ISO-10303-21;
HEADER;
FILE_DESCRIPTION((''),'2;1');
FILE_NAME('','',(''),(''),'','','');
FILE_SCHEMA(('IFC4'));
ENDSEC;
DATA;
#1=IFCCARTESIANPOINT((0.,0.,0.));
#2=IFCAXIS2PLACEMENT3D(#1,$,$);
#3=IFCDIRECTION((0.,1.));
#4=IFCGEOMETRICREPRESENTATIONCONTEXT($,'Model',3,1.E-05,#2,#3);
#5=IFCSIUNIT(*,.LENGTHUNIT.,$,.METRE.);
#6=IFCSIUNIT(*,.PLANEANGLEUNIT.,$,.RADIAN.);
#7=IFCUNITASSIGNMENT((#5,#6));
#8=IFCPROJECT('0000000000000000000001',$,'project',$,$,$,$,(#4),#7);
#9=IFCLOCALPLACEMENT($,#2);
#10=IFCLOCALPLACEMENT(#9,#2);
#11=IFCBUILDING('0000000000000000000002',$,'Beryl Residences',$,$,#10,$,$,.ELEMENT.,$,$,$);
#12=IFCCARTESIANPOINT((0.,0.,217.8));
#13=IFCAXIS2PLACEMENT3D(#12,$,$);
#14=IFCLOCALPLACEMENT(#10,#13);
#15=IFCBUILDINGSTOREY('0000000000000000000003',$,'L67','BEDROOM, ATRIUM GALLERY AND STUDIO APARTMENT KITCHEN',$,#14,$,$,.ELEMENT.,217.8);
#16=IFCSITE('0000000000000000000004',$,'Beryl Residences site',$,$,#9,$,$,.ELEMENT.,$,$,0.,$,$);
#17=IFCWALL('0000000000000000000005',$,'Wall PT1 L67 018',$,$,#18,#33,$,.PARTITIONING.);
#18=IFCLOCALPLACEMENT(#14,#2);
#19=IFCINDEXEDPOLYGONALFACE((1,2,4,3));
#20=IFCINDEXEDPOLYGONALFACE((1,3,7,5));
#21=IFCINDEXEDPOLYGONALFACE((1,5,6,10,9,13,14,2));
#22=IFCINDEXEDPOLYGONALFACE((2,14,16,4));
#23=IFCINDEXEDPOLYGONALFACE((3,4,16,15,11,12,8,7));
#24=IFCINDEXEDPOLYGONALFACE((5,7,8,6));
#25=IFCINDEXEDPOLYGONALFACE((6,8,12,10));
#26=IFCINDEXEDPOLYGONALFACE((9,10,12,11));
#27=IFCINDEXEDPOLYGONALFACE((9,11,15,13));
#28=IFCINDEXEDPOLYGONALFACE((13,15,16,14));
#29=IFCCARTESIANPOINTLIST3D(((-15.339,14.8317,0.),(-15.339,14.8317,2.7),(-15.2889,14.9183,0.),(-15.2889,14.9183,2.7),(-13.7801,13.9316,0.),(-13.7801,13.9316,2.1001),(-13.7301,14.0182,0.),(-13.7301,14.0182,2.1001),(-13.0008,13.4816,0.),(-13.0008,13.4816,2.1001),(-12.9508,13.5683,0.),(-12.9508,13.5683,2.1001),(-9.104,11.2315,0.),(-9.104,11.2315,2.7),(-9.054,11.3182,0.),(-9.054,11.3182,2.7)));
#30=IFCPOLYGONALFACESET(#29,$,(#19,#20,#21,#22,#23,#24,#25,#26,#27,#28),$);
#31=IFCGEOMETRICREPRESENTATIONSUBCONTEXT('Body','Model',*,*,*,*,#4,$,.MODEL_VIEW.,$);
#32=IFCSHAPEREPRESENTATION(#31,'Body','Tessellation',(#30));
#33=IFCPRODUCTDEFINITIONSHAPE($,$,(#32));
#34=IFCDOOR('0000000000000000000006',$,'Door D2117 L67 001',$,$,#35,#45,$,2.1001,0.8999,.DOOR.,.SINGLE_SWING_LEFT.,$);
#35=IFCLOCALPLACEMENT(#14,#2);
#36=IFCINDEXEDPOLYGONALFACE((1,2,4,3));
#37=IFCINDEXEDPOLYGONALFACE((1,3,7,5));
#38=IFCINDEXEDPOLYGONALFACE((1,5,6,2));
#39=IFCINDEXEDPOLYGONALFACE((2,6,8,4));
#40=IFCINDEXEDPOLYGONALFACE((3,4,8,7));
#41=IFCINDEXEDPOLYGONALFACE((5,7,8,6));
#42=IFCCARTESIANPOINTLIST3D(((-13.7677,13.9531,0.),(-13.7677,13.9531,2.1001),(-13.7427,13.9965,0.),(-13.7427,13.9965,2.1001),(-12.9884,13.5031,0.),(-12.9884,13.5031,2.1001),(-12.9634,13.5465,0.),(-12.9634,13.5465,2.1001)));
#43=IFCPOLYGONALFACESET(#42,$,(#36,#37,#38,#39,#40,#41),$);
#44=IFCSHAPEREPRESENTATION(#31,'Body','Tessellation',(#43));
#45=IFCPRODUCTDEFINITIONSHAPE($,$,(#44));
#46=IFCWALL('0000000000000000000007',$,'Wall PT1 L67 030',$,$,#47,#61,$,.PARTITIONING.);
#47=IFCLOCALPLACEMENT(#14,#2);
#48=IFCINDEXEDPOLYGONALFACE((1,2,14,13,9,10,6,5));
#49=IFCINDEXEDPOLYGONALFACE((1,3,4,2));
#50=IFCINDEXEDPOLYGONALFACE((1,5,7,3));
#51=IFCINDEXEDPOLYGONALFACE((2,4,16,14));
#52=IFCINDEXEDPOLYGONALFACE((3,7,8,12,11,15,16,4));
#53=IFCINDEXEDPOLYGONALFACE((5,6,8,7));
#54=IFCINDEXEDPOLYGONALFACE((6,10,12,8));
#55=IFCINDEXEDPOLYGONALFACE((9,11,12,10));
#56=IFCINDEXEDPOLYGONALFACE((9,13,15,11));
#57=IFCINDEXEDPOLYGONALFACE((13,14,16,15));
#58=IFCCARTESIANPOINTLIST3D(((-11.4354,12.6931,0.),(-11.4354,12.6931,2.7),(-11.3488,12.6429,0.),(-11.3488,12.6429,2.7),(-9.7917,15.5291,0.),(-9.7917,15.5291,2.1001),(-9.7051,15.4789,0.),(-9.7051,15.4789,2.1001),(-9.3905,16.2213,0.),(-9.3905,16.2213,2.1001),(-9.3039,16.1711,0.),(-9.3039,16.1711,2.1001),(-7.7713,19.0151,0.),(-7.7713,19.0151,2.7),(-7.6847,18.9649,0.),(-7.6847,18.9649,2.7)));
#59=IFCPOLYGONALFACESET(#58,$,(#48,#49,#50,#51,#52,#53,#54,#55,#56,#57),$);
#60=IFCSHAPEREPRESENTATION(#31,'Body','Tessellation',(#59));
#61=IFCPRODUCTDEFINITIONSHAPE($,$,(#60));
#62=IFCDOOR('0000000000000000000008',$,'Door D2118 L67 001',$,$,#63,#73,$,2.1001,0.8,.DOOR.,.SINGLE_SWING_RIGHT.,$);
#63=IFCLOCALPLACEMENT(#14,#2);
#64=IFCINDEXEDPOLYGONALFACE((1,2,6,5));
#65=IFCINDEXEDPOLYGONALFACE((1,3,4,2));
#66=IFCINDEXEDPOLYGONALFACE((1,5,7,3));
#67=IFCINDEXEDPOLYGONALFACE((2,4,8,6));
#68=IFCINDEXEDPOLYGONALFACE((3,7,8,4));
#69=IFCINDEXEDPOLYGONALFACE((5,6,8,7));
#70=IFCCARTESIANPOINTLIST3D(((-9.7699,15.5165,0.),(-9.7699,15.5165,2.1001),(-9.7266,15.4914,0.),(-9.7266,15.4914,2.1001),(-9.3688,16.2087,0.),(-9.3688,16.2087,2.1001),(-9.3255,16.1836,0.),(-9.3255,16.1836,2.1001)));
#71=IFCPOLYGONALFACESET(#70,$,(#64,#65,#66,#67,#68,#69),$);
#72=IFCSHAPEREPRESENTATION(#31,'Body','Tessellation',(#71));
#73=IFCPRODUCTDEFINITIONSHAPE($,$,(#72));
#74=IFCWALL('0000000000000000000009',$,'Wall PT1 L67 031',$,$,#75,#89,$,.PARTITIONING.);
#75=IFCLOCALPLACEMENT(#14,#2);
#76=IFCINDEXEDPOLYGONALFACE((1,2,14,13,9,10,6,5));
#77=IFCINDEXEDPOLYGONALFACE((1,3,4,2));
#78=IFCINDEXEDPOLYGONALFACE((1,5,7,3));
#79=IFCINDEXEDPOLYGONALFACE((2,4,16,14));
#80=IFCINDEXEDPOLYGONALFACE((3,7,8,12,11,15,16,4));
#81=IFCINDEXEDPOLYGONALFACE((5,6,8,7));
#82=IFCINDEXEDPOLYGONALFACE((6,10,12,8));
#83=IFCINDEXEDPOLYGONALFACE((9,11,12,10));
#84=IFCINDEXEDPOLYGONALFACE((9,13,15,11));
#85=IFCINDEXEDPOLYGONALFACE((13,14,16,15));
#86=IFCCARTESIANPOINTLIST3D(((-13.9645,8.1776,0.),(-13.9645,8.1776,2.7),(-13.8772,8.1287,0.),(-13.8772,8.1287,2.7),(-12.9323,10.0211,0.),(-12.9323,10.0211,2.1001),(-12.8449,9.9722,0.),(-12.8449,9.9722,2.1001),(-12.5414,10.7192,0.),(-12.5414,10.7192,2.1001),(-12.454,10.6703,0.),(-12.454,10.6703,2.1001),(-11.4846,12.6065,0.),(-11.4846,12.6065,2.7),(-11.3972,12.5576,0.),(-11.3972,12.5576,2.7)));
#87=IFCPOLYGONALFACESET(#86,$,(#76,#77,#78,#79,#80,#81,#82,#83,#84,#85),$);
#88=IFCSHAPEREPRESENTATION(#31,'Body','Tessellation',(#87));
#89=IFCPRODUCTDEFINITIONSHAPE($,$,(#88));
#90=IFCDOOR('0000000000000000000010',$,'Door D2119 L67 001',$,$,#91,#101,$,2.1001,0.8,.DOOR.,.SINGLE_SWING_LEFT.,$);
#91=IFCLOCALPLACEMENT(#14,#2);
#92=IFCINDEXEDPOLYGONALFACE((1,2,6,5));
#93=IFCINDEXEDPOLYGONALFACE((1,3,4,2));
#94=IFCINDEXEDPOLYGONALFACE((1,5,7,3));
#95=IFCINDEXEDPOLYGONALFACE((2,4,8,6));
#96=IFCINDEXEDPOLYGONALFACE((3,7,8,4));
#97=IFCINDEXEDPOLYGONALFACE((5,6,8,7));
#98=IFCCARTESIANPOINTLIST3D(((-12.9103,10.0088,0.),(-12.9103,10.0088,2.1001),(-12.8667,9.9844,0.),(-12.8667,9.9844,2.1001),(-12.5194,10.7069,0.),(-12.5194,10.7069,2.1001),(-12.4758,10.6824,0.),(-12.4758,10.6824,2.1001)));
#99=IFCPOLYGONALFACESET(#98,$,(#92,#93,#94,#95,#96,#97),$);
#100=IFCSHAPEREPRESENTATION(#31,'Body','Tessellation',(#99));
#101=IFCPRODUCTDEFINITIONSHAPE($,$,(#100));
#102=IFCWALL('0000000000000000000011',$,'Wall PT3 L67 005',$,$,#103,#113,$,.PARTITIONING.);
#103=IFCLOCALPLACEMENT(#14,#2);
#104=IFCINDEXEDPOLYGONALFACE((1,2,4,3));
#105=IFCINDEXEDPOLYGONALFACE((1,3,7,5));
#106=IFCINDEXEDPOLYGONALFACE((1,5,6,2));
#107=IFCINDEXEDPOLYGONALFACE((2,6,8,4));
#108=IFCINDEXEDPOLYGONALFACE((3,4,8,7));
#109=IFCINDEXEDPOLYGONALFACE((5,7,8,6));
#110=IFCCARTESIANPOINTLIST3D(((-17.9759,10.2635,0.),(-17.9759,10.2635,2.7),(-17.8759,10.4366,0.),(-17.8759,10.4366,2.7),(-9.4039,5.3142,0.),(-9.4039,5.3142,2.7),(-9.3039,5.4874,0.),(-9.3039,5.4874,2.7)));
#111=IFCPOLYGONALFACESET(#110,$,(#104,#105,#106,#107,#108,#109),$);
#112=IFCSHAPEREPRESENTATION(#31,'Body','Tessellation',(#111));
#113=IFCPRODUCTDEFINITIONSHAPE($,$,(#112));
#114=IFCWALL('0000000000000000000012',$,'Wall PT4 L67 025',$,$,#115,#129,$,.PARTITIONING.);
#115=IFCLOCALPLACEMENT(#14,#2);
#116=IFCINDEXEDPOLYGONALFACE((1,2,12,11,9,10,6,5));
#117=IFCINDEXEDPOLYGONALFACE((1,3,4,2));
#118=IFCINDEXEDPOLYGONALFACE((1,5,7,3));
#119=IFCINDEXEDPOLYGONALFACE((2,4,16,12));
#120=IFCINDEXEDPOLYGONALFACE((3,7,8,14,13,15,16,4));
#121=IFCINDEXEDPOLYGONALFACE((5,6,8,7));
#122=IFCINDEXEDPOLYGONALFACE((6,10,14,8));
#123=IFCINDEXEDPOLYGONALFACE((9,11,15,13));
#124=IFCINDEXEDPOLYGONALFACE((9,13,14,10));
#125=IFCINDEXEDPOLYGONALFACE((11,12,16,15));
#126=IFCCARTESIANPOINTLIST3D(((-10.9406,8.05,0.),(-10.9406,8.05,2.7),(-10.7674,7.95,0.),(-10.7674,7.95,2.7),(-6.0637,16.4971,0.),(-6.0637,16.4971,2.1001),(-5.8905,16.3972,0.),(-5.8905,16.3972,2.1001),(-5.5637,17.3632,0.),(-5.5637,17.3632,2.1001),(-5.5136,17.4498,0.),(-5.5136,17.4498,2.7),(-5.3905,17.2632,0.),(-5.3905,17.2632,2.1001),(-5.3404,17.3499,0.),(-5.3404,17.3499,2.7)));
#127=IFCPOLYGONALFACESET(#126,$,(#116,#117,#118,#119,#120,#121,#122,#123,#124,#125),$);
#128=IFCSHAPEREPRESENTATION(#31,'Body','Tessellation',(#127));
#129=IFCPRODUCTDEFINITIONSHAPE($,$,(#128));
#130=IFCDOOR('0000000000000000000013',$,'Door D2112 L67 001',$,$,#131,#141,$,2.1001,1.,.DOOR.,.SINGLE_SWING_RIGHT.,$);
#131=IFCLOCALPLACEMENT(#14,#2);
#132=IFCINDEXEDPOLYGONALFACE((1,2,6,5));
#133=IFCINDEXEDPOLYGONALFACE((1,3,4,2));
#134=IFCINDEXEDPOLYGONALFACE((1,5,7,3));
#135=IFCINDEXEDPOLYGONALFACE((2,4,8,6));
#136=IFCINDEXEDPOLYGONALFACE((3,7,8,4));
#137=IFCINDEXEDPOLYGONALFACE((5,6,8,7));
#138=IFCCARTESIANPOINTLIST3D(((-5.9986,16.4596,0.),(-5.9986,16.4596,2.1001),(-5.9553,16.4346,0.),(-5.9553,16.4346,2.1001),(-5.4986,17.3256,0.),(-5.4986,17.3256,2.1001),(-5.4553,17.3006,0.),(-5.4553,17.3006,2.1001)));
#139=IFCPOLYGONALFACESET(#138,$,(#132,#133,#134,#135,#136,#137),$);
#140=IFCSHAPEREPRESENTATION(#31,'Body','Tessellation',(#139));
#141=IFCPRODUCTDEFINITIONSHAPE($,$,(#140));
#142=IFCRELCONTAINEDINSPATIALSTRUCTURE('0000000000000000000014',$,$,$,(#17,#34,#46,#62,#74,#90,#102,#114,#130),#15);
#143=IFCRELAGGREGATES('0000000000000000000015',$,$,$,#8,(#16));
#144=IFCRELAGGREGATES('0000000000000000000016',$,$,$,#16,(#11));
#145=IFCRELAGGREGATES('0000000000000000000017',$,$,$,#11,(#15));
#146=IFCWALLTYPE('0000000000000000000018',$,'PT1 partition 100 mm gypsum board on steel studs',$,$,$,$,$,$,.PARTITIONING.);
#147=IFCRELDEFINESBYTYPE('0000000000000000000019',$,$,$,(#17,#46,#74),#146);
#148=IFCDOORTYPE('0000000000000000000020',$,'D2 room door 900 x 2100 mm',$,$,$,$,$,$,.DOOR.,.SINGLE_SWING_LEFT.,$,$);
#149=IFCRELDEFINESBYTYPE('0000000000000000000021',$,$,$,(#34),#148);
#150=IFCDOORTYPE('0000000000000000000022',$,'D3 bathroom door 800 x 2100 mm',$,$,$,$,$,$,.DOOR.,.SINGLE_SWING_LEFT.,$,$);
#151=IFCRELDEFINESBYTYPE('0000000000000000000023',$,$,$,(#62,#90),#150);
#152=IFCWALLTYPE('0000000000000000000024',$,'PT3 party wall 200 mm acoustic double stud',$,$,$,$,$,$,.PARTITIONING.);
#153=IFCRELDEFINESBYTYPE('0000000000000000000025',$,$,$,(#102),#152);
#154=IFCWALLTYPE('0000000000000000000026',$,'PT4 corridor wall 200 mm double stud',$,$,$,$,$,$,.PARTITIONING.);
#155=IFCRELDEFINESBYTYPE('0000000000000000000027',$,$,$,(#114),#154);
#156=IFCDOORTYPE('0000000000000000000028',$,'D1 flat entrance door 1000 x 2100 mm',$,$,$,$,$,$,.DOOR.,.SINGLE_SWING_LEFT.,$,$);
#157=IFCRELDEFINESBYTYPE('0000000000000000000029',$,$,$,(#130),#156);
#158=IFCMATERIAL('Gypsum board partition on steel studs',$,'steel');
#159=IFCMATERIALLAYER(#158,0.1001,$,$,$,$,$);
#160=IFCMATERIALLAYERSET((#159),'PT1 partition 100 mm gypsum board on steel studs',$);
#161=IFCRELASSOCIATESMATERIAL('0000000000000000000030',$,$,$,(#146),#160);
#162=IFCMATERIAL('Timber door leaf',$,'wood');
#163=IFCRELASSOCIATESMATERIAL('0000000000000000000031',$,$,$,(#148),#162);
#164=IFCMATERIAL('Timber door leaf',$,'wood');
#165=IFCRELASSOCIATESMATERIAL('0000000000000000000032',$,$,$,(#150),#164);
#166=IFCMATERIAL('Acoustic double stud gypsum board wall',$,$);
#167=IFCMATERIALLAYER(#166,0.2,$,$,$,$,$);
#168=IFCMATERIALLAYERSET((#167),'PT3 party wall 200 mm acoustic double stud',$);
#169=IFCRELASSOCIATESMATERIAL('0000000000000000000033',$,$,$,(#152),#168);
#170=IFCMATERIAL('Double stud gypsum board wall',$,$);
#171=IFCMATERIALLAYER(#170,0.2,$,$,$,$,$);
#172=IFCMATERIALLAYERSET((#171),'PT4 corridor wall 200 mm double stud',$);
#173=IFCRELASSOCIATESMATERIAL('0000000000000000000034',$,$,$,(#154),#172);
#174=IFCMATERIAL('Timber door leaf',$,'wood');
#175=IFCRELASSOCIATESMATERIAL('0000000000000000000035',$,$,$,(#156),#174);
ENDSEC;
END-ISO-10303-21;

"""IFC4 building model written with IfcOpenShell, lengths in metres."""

from ifc_helpers import new_model, si_unit, direction, frame, frame_2d, origin, place, context, subcontext, project, spatial, rectangle, extrude, material, layer, layer_set, type_object, element, fill, save


model = new_model("IFC4")

# Units and contexts
model_context = context("Model", 3, precision=1e-05, world=origin(), true_north=direction((0.0, 1.0)))
body_context = subcontext(model_context, "Body", "Model", "MODEL_VIEW")
ifc_project = project(units=[si_unit("LENGTHUNIT", "METRE"), si_unit("PLANEANGLEUNIT", "RADIAN")], contexts=[model_context])

# Site, building, storey
site_placement = place(None, origin())
site = spatial("IfcSite", under=ifc_project, at=site_placement, Name="Beryl Residences site", CompositionType="ELEMENT", RefElevation=0.0)
building_placement = place(site_placement, origin())
building = spatial("IfcBuilding", under=site, at=building_placement, Name="Beryl Residences", CompositionType="ELEMENT")
storey_placement = place(building_placement, frame((0.0, 0.0, 217.8)))
storey = spatial("IfcBuildingStorey", under=building, at=storey_placement, Name="L67", Description="BEDROOM, ATRIUM GALLERY AND STUDIO APARTMENT KITCHEN", CompositionType="ELEMENT", Elevation=217.8)

# Walls, openings, doors
ifc_material_1 = material(Name="Gypsum board partition on steel studs", Category="steel")
ifc_layer_1 = layer(ifc_material_1, 0.1001)
ifc_layer_set_1 = layer_set([ifc_layer_1], Name="PT1 partition 100 mm gypsum board on steel studs")
wall_type_1 = type_object("IfcWallType", Name="PT1 partition 100 mm gypsum board on steel studs", PredefinedType="PARTITIONING", material=ifc_layer_set_1)
wall_1_placement = place(storey_placement, frame((-15.314, 14.875, 0.0), z_axis=(0.0, 0.0, 1.0), x_axis=(0.866001, -0.500041, 0.0)))
wall_1 = element("IfcWall", 1, at=wall_1_placement, inside=storey, type_object=wall_type_1, Name="Wall PT1 L67 018", PredefinedType="PARTITIONING", context=body_context, shape_type="SweptSolid", body=[
    extrude(rectangle(XDim=7.1997, YDim=0.1001, at=frame_2d((3.5999, 0.0))), origin(), (0.0, 0.0, 1.0), 2.7),
])
opening_1_placement = place(wall_1_placement, frame((1.8, 0.0, 0.0)))
opening_1 = element("IfcOpeningElement", 2, at=opening_1_placement, cuts=wall_1, PredefinedType="OPENING", context=body_context, shape_type="SweptSolid", body=[
    extrude(rectangle(XDim=0.8999, YDim=2.1001, at=frame_2d((0.45, 1.05))), frame((0.0, 0.0601, 0.0), z_axis=(0.0, -1.0, 0.0), x_axis=(1.0, 0.0, 0.0)), (0.0, 0.0, 1.0), 0.1201),
])
ifc_material_2 = material(Name="Timber door leaf", Category="wood")
door_type_1 = type_object("IfcDoorType", Name="D2 room door 900 x 2100 mm", OperationType="SINGLE_SWING_LEFT", PredefinedType="DOOR", material=ifc_material_2)
door_1_placement = place(opening_1_placement, origin())
door_1 = element("IfcDoor", 3, at=door_1_placement, inside=storey, type_object=door_type_1, Name="Door D2117 L67 001", OperationType="SINGLE_SWING_LEFT", OverallHeight=2.1001, OverallWidth=0.8999, PredefinedType="DOOR", context=body_context, shape_type="SweptSolid", body=[
    extrude(rectangle(XDim=0.8999, YDim=2.1001, at=frame_2d((0.45, 1.05))), frame((0.0, 0.0249, 0.0), z_axis=(0.0, -1.0, 0.0), x_axis=(1.0, 0.0, 0.0)), (0.0, 0.0, 1.0), 0.05),
])
fill(opening_1, door_1)
wall_2_placement = place(storey_placement, frame((-11.3921, 12.668, 0.0), z_axis=(0.0, 0.0, 1.0), x_axis=(0.501441, 0.865192, 0.0)))
wall_2 = element("IfcWall", 4, at=wall_2_placement, inside=storey, type_object=wall_type_1, Name="Wall PT1 L67 030", PredefinedType="PARTITIONING", context=body_context, shape_type="SweptSolid", body=[
    extrude(rectangle(XDim=7.3071, YDim=0.1001, at=frame_2d((3.6536, 0.0))), origin(), (0.0, 0.0, 1.0), 2.7),
])
opening_2_placement = place(wall_2_placement, frame((3.2781, 0.0, 0.0)))
opening_2 = element("IfcOpeningElement", 5, at=opening_2_placement, cuts=wall_2, PredefinedType="OPENING", context=body_context, shape_type="SweptSolid", body=[
    extrude(rectangle(XDim=0.8, YDim=2.1001, at=frame_2d((0.3999, 1.05))), frame((0.0, 0.0601, 0.0), z_axis=(0.0, -1.0, 0.0), x_axis=(1.0, 0.0, 0.0)), (0.0, 0.0, 1.0), 0.1201),
])
ifc_material_3 = material(Name="Timber door leaf", Category="wood")
door_type_2 = type_object("IfcDoorType", Name="D3 bathroom door 800 x 2100 mm", OperationType="SINGLE_SWING_LEFT", PredefinedType="DOOR", material=ifc_material_3)
door_2_placement = place(opening_2_placement, origin())
door_2 = element("IfcDoor", 6, at=door_2_placement, inside=storey, type_object=door_type_2, Name="Door D2118 L67 001", OperationType="SINGLE_SWING_RIGHT", OverallHeight=2.1001, OverallWidth=0.8, PredefinedType="DOOR", context=body_context, shape_type="SweptSolid", body=[
    extrude(rectangle(XDim=0.8, YDim=2.1001, at=frame_2d((0.3999, 1.05))), frame((0.0, 0.0249, 0.0), z_axis=(0.0, -1.0, 0.0), x_axis=(1.0, 0.0, 0.0)), (0.0, 0.0, 1.0), 0.05),
])
fill(opening_2, door_2)
wall_3_placement = place(storey_placement, frame((-13.9209, 8.1531, 0.0), z_axis=(0.0, 0.0, 1.0), x_axis=(0.488568, 0.872526, 0.0)))
wall_3 = element("IfcWall", 7, at=wall_3_placement, inside=storey, type_object=wall_type_1, Name="Wall PT1 L67 031", PredefinedType="PARTITIONING", context=body_context, shape_type="SweptSolid", body=[
    extrude(rectangle(XDim=5.0759, YDim=0.1001, at=frame_2d((2.5381, 0.0))), origin(), (0.0, 0.0, 1.0), 2.7),
])
opening_3_placement = place(wall_3_placement, frame((2.113, 0.0, 0.0)))
opening_3 = element("IfcOpeningElement", 8, at=opening_3_placement, cuts=wall_3, PredefinedType="OPENING", context=body_context, shape_type="SweptSolid", body=[
    extrude(rectangle(XDim=0.8, YDim=2.1001, at=frame_2d((0.3999, 1.05))), frame((0.0, 0.0601, 0.0), z_axis=(0.0, -1.0, 0.0), x_axis=(1.0, 0.0, 0.0)), (0.0, 0.0, 1.0), 0.1201),
])
door_3_placement = place(opening_3_placement, origin())
door_3 = element("IfcDoor", 9, at=door_3_placement, inside=storey, type_object=door_type_2, Name="Door D2119 L67 001", OperationType="SINGLE_SWING_LEFT", OverallHeight=2.1001, OverallWidth=0.8, PredefinedType="DOOR", context=body_context, shape_type="SweptSolid", body=[
    extrude(rectangle(XDim=0.8, YDim=2.1001, at=frame_2d((0.3999, 1.05))), frame((0.0, 0.0249, 0.0), z_axis=(0.0, -1.0, 0.0), x_axis=(1.0, 0.0, 0.0)), (0.0, 0.0, 1.0), 0.05),
])
fill(opening_3, door_3)

# Wall
ifc_material_4 = material(Name="Acoustic double stud gypsum board wall")
ifc_layer_2 = layer(ifc_material_4, 0.2)
ifc_layer_set_2 = layer_set([ifc_layer_2], Name="PT3 party wall 200 mm acoustic double stud")
wall_type_2 = type_object("IfcWallType", Name="PT3 party wall 200 mm acoustic double stud", PredefinedType="PARTITIONING", material=ifc_layer_set_2)
wall_4_placement = place(storey_placement, frame((-17.926, 10.3501, 0.0), z_axis=(0.0, 0.0, 1.0), x_axis=(0.866018, -0.500012, 0.0)))
element("IfcWall", 10, at=wall_4_placement, inside=storey, type_object=wall_type_2, Name="Wall PT3 L67 005", PredefinedType="PARTITIONING", context=body_context, shape_type="SweptSolid", body=[
    extrude(rectangle(XDim=9.8982, YDim=0.2, at=frame_2d((4.9492, 0.0))), origin(), (0.0, 0.0, 1.0), 2.7),
])

# Wall, opening, door
ifc_material_5 = material(Name="Double stud gypsum board wall")
ifc_layer_3 = layer(ifc_material_5, 0.2)
ifc_layer_set_3 = layer_set([ifc_layer_3], Name="PT4 corridor wall 200 mm double stud")
wall_type_3 = type_object("IfcWallType", Name="PT4 corridor wall 200 mm double stud", PredefinedType="PARTITIONING", material=ifc_layer_set_3)
wall_5_placement = place(storey_placement, frame((-10.854, 8.0, 0.0), z_axis=(0.0, 0.0, 1.0), x_axis=(0.499998, 0.866027, 0.0)))
wall_5 = element("IfcWall", 11, at=wall_5_placement, inside=storey, type_object=wall_type_3, Name="Wall PT4 L67 025", PredefinedType="PARTITIONING", context=body_context, shape_type="SweptSolid", body=[
    extrude(rectangle(XDim=10.854, YDim=0.2, at=frame_2d((5.427, 0.0))), origin(), (0.0, 0.0, 1.0), 2.7),
])
opening_4_placement = place(wall_5_placement, frame((9.7539, 0.0, 0.0)))
opening_4 = element("IfcOpeningElement", 12, at=opening_4_placement, cuts=wall_5, PredefinedType="OPENING", context=body_context, shape_type="SweptSolid", body=[
    extrude(rectangle(XDim=1.0, YDim=2.1001, at=frame_2d((0.5, 1.05))), frame((0.0, 0.1099, 0.0), z_axis=(0.0, -1.0, 0.0), x_axis=(1.0, 0.0, 0.0)), (0.0, 0.0, 1.0), 0.22),
])
ifc_material_6 = material(Name="Timber door leaf", Category="wood")
door_type_3 = type_object("IfcDoorType", Name="D1 flat entrance door 1000 x 2100 mm", OperationType="SINGLE_SWING_LEFT", PredefinedType="DOOR", material=ifc_material_6)
door_4_placement = place(opening_4_placement, origin())
door_4 = element("IfcDoor", 13, at=door_4_placement, inside=storey, type_object=door_type_3, Name="Door D2112 L67 001", OperationType="SINGLE_SWING_RIGHT", OverallHeight=2.1001, OverallWidth=1.0, PredefinedType="DOOR", context=body_context, shape_type="SweptSolid", body=[
    extrude(rectangle(XDim=1.0, YDim=2.1001, at=frame_2d((0.5, 1.05))), frame((0.0, 0.0249, 0.0), z_axis=(0.0, -1.0, 0.0), x_axis=(1.0, 0.0, 0.0)), (0.0, 0.0, 1.0), 0.05),
])
fill(opening_4, door_4)

save(model, "model.ifc")
